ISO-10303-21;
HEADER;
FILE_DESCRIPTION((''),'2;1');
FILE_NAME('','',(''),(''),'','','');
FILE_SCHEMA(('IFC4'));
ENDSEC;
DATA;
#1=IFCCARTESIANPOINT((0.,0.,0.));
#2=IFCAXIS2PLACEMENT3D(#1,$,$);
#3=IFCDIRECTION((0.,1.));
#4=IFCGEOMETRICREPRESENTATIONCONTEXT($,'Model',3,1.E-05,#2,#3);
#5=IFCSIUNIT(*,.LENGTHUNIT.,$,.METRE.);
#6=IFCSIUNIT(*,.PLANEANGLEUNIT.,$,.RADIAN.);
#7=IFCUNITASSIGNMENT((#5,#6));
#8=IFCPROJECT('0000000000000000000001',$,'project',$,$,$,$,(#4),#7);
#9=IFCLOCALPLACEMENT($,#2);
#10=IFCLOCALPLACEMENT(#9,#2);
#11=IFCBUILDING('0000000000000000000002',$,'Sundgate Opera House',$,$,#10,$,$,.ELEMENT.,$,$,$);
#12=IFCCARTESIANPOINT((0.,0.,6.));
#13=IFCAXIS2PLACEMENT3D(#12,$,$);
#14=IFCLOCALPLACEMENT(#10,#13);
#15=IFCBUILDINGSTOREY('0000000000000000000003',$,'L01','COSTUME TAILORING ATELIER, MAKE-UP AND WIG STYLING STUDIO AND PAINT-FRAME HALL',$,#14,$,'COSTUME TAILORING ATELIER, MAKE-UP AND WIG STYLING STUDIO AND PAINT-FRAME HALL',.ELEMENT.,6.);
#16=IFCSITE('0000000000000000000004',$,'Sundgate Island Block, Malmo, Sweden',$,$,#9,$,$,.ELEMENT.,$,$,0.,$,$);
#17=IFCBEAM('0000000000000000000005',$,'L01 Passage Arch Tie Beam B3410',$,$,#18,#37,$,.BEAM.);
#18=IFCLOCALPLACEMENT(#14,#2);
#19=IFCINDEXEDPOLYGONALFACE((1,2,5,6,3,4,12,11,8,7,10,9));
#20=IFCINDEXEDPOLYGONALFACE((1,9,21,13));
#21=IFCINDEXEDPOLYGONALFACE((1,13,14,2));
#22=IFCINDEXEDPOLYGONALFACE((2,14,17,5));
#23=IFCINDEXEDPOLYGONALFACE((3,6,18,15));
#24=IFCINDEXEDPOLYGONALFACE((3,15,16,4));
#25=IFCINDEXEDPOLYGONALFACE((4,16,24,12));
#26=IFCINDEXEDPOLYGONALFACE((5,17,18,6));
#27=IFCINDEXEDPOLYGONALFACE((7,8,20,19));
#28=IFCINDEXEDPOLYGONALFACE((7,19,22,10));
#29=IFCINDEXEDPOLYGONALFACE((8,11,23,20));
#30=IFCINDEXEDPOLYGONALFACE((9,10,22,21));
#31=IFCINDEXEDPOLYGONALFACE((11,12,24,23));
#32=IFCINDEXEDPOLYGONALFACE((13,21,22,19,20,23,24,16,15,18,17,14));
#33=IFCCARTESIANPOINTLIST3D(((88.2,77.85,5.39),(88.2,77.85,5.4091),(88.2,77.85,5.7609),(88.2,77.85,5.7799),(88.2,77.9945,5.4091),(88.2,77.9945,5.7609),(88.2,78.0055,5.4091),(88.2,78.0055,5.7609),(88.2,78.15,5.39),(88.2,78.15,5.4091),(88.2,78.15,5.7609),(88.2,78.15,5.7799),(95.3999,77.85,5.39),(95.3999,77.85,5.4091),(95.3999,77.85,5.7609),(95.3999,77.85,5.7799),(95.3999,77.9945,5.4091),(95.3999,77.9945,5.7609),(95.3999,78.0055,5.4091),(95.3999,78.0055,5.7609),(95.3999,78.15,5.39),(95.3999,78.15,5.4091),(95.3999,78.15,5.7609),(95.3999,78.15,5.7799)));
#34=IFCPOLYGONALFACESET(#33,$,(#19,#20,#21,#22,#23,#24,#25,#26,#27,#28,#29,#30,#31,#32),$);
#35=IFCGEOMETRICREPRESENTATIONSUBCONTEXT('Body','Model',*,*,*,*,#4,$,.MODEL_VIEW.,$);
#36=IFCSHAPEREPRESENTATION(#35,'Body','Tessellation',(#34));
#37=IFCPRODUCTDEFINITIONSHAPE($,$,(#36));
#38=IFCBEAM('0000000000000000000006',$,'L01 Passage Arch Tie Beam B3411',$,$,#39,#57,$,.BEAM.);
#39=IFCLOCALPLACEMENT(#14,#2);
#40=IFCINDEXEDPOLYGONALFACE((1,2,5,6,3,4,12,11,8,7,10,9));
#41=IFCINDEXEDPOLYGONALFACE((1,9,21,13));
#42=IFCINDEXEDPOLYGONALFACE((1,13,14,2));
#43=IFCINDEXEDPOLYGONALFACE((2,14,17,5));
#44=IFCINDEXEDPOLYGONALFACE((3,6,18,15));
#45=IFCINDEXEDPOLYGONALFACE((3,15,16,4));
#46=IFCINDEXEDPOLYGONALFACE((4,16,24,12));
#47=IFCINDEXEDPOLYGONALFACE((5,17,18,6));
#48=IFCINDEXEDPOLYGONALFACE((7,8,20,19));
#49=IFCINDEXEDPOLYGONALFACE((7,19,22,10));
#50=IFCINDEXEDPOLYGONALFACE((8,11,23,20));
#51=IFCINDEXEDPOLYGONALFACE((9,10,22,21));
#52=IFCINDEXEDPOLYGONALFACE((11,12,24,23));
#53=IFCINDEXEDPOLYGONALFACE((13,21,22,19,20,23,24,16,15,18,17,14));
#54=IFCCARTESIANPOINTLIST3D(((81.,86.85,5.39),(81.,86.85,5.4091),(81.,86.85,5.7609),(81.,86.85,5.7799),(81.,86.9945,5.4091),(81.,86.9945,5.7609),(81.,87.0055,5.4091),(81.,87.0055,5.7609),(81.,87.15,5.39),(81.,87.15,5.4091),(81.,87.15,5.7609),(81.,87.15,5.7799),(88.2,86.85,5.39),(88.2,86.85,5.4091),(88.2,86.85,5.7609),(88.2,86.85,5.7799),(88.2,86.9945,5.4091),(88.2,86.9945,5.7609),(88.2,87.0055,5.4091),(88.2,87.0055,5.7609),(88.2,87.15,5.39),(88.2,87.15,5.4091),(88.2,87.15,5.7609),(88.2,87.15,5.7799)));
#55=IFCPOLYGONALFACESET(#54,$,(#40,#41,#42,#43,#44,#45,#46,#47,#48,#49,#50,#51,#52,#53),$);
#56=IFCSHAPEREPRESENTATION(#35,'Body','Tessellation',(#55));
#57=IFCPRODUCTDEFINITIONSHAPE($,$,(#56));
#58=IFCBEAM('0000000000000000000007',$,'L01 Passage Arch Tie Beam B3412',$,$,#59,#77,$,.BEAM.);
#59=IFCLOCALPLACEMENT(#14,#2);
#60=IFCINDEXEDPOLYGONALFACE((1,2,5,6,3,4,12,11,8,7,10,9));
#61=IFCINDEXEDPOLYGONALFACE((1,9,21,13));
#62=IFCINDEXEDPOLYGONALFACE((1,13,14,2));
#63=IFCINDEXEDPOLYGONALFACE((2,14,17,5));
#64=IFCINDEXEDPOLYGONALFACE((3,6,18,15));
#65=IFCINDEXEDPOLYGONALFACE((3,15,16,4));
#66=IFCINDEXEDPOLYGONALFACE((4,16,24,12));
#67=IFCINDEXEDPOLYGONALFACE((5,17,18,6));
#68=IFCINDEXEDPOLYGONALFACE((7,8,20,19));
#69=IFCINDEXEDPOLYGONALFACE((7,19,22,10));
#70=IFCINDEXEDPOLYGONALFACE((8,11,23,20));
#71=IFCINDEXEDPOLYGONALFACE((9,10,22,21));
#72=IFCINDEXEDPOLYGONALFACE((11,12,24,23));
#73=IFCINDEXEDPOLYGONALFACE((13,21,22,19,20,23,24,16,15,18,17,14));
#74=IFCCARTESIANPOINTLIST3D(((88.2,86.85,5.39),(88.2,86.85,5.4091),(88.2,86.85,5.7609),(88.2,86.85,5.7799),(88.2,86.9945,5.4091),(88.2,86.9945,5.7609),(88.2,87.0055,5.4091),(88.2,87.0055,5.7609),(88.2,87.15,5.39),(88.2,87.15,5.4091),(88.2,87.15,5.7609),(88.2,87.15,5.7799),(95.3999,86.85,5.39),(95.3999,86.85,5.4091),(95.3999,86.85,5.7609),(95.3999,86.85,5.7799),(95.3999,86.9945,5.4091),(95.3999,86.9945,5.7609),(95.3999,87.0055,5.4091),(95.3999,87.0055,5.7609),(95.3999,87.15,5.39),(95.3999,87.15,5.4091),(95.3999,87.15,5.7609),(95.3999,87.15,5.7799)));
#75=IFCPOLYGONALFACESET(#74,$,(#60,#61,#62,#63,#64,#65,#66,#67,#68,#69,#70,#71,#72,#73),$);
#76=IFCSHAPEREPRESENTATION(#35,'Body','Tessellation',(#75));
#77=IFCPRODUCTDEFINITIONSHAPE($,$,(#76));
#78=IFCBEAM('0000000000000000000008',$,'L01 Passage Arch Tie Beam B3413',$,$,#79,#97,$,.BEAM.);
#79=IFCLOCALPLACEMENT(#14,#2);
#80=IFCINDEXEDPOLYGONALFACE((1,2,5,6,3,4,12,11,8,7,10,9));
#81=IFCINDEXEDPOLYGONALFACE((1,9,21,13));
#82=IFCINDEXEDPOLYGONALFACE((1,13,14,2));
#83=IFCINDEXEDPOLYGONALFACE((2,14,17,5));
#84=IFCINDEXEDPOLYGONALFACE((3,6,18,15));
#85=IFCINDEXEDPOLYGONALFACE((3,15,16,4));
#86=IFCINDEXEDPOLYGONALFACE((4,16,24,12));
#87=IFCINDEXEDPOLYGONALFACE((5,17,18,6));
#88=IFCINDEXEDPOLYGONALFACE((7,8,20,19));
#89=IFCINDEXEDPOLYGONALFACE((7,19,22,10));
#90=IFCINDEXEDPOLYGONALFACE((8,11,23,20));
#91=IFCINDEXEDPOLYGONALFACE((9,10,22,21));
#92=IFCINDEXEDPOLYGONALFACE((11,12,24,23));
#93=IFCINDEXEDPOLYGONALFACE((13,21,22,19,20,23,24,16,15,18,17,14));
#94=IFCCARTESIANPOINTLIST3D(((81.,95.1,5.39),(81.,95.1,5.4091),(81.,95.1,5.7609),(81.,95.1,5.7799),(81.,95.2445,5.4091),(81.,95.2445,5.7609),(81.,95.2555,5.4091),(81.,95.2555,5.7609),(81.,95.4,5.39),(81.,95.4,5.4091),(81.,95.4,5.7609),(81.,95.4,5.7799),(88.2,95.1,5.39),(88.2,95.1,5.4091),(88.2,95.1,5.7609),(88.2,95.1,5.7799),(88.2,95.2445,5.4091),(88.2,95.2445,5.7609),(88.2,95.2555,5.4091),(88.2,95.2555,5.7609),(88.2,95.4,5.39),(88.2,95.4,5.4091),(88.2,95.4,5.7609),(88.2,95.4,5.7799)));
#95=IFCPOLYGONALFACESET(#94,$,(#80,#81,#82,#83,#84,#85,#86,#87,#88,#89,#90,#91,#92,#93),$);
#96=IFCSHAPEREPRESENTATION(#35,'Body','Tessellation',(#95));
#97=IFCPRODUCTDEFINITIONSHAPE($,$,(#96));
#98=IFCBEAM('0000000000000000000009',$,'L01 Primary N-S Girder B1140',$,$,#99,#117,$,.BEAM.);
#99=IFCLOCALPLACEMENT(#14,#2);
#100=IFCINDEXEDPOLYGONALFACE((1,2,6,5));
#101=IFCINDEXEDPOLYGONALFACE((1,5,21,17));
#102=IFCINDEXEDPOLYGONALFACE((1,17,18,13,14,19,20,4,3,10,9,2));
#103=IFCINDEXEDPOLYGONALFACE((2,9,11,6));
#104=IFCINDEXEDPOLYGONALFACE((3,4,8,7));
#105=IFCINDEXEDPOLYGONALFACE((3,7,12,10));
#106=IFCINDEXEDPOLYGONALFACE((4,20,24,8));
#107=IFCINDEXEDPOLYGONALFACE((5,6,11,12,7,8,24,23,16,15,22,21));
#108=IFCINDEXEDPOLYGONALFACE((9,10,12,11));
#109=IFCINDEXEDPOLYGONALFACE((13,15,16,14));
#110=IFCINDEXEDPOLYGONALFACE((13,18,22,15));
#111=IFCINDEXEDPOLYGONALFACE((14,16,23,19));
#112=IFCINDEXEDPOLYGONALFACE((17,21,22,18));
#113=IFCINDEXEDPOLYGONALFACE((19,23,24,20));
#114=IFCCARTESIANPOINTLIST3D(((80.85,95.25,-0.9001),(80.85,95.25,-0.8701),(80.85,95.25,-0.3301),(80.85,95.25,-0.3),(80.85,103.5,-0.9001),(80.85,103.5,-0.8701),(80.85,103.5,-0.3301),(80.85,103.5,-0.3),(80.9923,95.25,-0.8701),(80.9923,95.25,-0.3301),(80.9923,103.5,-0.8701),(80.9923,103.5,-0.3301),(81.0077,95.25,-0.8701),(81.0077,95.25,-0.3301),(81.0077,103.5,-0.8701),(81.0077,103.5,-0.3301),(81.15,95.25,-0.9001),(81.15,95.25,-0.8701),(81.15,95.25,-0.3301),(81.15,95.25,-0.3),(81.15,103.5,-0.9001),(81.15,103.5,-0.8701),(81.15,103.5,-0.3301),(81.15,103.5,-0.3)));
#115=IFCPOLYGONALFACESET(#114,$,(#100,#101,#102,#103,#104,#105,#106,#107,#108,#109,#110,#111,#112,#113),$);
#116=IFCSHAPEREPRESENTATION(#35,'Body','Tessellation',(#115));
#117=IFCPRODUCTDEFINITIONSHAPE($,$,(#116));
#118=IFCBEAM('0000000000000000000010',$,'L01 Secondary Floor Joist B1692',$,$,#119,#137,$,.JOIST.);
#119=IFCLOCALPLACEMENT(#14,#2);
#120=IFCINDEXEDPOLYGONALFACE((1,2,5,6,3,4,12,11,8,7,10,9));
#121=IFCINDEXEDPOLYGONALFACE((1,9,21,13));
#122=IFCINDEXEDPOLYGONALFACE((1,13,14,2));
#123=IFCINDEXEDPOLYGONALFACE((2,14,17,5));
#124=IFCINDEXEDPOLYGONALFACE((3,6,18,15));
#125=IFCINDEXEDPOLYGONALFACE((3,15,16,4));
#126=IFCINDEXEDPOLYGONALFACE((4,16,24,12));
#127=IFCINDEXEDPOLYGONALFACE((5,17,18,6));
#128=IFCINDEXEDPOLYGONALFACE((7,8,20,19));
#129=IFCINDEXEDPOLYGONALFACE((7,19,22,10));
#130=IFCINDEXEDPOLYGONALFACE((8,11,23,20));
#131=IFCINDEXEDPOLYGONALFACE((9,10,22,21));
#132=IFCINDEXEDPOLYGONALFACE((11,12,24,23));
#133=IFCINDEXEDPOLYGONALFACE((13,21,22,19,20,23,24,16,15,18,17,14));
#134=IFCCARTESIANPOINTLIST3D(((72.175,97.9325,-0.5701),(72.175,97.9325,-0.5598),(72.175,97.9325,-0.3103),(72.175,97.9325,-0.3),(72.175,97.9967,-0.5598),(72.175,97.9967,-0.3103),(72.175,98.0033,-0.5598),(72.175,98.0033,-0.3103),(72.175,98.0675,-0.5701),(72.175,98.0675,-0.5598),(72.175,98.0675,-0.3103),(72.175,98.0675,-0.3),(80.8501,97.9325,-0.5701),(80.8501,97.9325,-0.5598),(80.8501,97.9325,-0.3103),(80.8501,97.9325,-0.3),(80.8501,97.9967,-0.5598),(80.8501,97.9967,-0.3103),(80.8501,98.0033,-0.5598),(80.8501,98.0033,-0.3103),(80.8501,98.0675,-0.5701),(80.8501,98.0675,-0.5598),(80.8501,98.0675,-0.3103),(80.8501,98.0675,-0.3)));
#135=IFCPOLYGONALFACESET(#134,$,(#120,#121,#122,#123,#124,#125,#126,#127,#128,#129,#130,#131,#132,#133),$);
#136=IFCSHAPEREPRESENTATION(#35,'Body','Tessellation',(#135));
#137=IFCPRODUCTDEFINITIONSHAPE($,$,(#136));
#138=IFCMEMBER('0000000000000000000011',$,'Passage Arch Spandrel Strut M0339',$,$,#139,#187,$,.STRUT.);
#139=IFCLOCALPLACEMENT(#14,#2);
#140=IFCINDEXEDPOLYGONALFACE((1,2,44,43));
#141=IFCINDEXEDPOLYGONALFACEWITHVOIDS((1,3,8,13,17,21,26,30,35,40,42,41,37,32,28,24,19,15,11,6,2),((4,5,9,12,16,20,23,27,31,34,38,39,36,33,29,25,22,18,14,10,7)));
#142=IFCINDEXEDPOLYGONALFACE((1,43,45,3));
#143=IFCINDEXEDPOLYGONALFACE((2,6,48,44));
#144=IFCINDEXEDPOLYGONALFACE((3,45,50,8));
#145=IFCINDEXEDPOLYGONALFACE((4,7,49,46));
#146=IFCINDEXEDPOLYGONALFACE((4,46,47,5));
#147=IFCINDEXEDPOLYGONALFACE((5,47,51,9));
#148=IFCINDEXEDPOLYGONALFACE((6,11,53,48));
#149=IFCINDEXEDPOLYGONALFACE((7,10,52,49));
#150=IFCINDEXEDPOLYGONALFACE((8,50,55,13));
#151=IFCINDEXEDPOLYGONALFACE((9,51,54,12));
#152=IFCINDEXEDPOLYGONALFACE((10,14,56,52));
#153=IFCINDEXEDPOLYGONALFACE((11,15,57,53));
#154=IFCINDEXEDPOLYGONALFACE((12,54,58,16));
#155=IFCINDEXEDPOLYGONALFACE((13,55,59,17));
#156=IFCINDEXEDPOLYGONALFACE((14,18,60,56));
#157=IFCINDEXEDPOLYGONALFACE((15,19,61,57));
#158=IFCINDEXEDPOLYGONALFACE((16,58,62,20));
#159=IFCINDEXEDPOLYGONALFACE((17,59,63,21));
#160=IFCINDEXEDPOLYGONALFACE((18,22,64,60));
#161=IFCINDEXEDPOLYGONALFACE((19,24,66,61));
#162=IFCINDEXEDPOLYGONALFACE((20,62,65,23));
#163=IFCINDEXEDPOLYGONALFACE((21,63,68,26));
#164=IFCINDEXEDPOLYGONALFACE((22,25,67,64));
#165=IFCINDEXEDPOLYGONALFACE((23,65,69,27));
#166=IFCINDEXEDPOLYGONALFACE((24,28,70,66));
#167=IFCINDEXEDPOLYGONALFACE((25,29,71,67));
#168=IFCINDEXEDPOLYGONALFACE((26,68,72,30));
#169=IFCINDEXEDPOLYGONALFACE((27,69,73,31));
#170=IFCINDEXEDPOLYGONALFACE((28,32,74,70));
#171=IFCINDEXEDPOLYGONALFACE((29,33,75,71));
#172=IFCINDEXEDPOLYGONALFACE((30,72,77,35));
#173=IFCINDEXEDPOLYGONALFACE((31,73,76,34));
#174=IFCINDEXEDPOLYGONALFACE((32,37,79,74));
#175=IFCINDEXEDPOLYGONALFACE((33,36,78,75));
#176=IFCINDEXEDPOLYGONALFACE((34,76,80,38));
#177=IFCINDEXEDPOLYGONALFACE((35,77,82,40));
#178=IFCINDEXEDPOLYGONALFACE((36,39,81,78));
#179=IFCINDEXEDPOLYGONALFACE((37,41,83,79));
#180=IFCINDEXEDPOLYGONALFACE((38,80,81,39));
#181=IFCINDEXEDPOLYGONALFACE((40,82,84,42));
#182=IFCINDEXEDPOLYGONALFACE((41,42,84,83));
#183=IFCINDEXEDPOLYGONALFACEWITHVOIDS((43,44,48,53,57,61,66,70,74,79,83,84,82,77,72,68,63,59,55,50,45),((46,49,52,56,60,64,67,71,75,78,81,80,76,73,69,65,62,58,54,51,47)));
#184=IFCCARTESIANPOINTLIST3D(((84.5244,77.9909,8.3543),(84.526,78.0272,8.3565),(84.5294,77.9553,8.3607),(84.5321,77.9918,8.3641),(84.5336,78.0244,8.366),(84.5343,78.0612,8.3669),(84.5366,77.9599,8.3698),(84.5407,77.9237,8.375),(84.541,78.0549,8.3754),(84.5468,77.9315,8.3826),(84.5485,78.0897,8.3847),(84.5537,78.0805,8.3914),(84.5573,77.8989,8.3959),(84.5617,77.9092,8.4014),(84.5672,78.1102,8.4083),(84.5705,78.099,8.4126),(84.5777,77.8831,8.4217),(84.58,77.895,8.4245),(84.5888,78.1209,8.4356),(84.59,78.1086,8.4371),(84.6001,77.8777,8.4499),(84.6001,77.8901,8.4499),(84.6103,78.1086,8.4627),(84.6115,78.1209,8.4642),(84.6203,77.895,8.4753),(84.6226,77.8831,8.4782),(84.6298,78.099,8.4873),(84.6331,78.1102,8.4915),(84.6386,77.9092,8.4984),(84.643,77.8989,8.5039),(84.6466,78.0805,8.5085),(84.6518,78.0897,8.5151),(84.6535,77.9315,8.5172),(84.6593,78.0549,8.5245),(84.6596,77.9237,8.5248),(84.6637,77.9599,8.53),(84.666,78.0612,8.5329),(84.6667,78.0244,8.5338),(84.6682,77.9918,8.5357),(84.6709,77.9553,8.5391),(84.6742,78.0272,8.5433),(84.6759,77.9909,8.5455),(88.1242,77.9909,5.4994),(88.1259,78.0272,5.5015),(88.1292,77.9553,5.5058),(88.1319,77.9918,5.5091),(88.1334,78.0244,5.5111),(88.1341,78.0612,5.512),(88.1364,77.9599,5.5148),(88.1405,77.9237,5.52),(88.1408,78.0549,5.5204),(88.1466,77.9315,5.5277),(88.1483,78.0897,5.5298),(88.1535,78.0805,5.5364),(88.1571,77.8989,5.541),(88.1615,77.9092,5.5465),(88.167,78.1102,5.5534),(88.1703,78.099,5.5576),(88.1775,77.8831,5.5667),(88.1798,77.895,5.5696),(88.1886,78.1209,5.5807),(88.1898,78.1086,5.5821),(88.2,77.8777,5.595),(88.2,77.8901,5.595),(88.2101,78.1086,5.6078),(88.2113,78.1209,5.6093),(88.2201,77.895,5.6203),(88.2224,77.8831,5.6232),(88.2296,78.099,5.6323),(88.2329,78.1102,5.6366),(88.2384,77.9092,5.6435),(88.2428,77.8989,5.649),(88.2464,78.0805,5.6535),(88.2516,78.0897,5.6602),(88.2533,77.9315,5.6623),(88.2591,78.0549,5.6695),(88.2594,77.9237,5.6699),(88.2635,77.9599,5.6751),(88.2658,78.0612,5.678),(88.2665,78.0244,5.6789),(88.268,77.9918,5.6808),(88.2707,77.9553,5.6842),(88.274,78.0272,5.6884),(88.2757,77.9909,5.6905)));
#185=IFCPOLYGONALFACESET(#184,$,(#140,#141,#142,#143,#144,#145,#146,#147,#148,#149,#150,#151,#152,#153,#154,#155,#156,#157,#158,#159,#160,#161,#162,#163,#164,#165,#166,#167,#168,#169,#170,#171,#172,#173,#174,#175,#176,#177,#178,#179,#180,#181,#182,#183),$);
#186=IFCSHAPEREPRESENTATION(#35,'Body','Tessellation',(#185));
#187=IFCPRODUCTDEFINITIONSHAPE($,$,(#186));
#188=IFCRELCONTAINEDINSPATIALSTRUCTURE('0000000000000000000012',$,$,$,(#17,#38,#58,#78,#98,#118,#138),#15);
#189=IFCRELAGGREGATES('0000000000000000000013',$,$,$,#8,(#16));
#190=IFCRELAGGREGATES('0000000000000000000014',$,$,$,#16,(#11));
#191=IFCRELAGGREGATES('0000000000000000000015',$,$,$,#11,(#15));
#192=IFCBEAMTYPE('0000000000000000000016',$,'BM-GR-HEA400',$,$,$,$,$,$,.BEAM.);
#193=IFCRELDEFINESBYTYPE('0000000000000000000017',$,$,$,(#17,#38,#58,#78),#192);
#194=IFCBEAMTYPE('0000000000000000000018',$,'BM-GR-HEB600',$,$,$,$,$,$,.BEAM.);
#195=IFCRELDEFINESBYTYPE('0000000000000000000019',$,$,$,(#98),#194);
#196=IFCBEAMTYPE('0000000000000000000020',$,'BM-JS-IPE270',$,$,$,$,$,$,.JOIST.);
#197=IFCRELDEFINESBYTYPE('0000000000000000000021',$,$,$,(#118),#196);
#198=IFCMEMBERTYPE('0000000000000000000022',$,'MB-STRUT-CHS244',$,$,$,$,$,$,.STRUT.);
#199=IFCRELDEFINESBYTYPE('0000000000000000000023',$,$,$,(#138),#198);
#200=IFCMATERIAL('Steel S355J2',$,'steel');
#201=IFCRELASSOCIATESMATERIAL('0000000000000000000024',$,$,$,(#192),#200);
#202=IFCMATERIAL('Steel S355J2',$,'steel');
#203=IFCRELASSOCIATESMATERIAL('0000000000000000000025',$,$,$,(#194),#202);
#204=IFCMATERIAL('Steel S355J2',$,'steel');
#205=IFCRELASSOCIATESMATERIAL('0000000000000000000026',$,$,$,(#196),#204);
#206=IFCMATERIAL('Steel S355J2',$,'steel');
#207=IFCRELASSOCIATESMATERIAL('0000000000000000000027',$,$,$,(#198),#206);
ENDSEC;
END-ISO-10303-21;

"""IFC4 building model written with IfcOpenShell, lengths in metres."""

from ifc_helpers import new_model, si_unit, direction, frame, origin, origin_2d, place, context, subcontext, project, spatial, hollow_circle, i_section, extrude, material, material_profile, profile_set, type_object, element, save


model = new_model("IFC4")

# Units and contexts
model_context = context("Model", 3, precision=1e-05, world=origin(), true_north=direction((0.0, 1.0)))
body_context = subcontext(model_context, "Body", "Model", "MODEL_VIEW")
ifc_project = project(units=[si_unit("LENGTHUNIT", "METRE"), si_unit("PLANEANGLEUNIT", "RADIAN")], contexts=[model_context])

# Site, building, storey
site_placement = place(None, origin())
site = spatial("IfcSite", under=ifc_project, at=site_placement, Name="Sundgate Island Block, Malmo, Sweden", CompositionType="ELEMENT", RefElevation=0.0)
building_placement = place(site_placement, origin())
building = spatial("IfcBuilding", under=site, at=building_placement, Name="Sundgate Opera House", CompositionType="ELEMENT")
storey_placement = place(building_placement, frame((0.0, 0.0, 6.0)))
storey = spatial("IfcBuildingStorey", under=building, at=storey_placement, Name="L01", Description="COSTUME TAILORING ATELIER, MAKE-UP AND WIG STYLING STUDIO AND PAINT-FRAME HALL", LongName="COSTUME TAILORING ATELIER, MAKE-UP AND WIG STYLING STUDIO AND PAINT-FRAME HALL", CompositionType="ELEMENT", Elevation=6.0)

# Beams
ifc_material_1 = material(Name="Steel S355J2", Category="steel")
ifc_material_profile_1 = material_profile(ifc_material_1, i_section(OverallWidth=0.3, OverallDepth=0.3899, WebThickness=0.011, FlangeThickness=0.019, at=origin_2d()), Name="HEA 400")
ifc_profile_set_1 = profile_set([ifc_material_profile_1], Name="Steel S355J2")
beam_type_1 = type_object("IfcBeamType", Name="BM-GR-HEA400", PredefinedType="BEAM", material=ifc_profile_set_1)
for number, where, z_axis, x_axis, name in (
    (1, (88.2, 78.0, 5.585), (1.0, 0.0, 0.0), (0.0, 1.0, 0.0), "L01 Passage Arch Tie Beam B3410"),
    (2, (81.0, 87.0, 5.585), (1.0, 0.0, 0.0), (0.0, 1.0, 0.0), "L01 Passage Arch Tie Beam B3411"),
    (3, (88.2, 87.0, 5.585), (1.0, 0.0, 0.0), (0.0, 1.0, 0.0), "L01 Passage Arch Tie Beam B3412"),
    (4, (81.0, 95.25, 5.585), (1.0, 0.0, 0.0), (0.0, 1.0, 0.0), "L01 Passage Arch Tie Beam B3413"),
):
    element("IfcBeam", number, at=place(storey_placement, frame(where, z_axis=z_axis, x_axis=x_axis)), inside=storey, type_object=beam_type_1, Name=name, PredefinedType="BEAM", context=body_context, shape_type="SweptSolid", body=[
        extrude(i_section(OverallWidth=0.3, OverallDepth=0.3899, WebThickness=0.011, FlangeThickness=0.019, at=origin_2d()), origin(), (0.0, 0.0, 1.0), 7.2),
    ])
ifc_material_2 = material(Name="Steel S355J2", Category="steel")
ifc_material_profile_2 = material_profile(ifc_material_2, i_section(OverallWidth=0.3, OverallDepth=0.6001, WebThickness=0.0154, FlangeThickness=0.03, at=origin_2d()), Name="HEB 600")
ifc_profile_set_2 = profile_set([ifc_material_profile_2], Name="Steel S355J2")
beam_type_2 = type_object("IfcBeamType", Name="BM-GR-HEB600", PredefinedType="BEAM", material=ifc_profile_set_2)
beam_1_placement = place(storey_placement, frame((81.0, 95.25, -0.6001), z_axis=(0.0, 1.0, 0.0), x_axis=(-1.0, 0.0, 0.0)))
element("IfcBeam", 5, at=beam_1_placement, inside=storey, type_object=beam_type_2, Name="L01 Primary N-S Girder B1140", PredefinedType="BEAM", context=body_context, shape_type="SweptSolid", body=[
    extrude(i_section(OverallWidth=0.3, OverallDepth=0.6001, WebThickness=0.0154, FlangeThickness=0.03, at=origin_2d()), origin(), (0.0, 0.0, 1.0), 8.25),
])
ifc_material_3 = material(Name="Steel S355J2", Category="steel")
ifc_material_profile_3 = material_profile(ifc_material_3, i_section(OverallWidth=0.135, OverallDepth=0.27, WebThickness=0.0066, FlangeThickness=0.0103, at=origin_2d()), Name="IPE 270")
ifc_profile_set_3 = profile_set([ifc_material_profile_3], Name="Steel S355J2")
beam_type_3 = type_object("IfcBeamType", Name="BM-JS-IPE270", PredefinedType="JOIST", material=ifc_profile_set_3)
beam_2_placement = place(storey_placement, frame((72.175, 98.0, -0.4351), z_axis=(1.0, 0.0, 0.0), x_axis=(0.0, 1.0, 0.0)))
element("IfcBeam", 6, at=beam_2_placement, inside=storey, type_object=beam_type_3, Name="L01 Secondary Floor Joist B1692", PredefinedType="JOIST", context=body_context, shape_type="SweptSolid", body=[
    extrude(i_section(OverallWidth=0.135, OverallDepth=0.27, WebThickness=0.0066, FlangeThickness=0.0103, at=origin_2d()), origin(), (0.0, 0.0, 1.0), 8.675),
])

# Member
ifc_material_4 = material(Name="Steel S355J2", Category="steel")
ifc_material_profile_4 = material_profile(ifc_material_4, hollow_circle(Radius=0.1223, WallThickness=0.0125, at=origin_2d()), Name="CHS 244.5x12.5")
ifc_profile_set_4 = profile_set([ifc_material_profile_4], Name="Steel S355J2")
member_type = type_object("IfcMemberType", Name="MB-STRUT-CHS244", PredefinedType="STRUT", material=ifc_profile_set_4)
member_1_placement = place(storey_placement, frame((88.2, 78.0, 5.595), z_axis=(-0.783506, 0.0, 0.621385), x_axis=(0.0, -1.0, 0.0)))
element("IfcMember", 7, at=member_1_placement, inside=storey, type_object=member_type, Name="Passage Arch Spandrel Strut M0339", PredefinedType="STRUT", context=body_context, shape_type="SweptSolid", body=[
    extrude(hollow_circle(Radius=0.1223, WallThickness=0.0125, at=origin_2d()), origin(), (0.0, 0.0, 1.0), 4.5945),
])

save(model, "model.ifc")
